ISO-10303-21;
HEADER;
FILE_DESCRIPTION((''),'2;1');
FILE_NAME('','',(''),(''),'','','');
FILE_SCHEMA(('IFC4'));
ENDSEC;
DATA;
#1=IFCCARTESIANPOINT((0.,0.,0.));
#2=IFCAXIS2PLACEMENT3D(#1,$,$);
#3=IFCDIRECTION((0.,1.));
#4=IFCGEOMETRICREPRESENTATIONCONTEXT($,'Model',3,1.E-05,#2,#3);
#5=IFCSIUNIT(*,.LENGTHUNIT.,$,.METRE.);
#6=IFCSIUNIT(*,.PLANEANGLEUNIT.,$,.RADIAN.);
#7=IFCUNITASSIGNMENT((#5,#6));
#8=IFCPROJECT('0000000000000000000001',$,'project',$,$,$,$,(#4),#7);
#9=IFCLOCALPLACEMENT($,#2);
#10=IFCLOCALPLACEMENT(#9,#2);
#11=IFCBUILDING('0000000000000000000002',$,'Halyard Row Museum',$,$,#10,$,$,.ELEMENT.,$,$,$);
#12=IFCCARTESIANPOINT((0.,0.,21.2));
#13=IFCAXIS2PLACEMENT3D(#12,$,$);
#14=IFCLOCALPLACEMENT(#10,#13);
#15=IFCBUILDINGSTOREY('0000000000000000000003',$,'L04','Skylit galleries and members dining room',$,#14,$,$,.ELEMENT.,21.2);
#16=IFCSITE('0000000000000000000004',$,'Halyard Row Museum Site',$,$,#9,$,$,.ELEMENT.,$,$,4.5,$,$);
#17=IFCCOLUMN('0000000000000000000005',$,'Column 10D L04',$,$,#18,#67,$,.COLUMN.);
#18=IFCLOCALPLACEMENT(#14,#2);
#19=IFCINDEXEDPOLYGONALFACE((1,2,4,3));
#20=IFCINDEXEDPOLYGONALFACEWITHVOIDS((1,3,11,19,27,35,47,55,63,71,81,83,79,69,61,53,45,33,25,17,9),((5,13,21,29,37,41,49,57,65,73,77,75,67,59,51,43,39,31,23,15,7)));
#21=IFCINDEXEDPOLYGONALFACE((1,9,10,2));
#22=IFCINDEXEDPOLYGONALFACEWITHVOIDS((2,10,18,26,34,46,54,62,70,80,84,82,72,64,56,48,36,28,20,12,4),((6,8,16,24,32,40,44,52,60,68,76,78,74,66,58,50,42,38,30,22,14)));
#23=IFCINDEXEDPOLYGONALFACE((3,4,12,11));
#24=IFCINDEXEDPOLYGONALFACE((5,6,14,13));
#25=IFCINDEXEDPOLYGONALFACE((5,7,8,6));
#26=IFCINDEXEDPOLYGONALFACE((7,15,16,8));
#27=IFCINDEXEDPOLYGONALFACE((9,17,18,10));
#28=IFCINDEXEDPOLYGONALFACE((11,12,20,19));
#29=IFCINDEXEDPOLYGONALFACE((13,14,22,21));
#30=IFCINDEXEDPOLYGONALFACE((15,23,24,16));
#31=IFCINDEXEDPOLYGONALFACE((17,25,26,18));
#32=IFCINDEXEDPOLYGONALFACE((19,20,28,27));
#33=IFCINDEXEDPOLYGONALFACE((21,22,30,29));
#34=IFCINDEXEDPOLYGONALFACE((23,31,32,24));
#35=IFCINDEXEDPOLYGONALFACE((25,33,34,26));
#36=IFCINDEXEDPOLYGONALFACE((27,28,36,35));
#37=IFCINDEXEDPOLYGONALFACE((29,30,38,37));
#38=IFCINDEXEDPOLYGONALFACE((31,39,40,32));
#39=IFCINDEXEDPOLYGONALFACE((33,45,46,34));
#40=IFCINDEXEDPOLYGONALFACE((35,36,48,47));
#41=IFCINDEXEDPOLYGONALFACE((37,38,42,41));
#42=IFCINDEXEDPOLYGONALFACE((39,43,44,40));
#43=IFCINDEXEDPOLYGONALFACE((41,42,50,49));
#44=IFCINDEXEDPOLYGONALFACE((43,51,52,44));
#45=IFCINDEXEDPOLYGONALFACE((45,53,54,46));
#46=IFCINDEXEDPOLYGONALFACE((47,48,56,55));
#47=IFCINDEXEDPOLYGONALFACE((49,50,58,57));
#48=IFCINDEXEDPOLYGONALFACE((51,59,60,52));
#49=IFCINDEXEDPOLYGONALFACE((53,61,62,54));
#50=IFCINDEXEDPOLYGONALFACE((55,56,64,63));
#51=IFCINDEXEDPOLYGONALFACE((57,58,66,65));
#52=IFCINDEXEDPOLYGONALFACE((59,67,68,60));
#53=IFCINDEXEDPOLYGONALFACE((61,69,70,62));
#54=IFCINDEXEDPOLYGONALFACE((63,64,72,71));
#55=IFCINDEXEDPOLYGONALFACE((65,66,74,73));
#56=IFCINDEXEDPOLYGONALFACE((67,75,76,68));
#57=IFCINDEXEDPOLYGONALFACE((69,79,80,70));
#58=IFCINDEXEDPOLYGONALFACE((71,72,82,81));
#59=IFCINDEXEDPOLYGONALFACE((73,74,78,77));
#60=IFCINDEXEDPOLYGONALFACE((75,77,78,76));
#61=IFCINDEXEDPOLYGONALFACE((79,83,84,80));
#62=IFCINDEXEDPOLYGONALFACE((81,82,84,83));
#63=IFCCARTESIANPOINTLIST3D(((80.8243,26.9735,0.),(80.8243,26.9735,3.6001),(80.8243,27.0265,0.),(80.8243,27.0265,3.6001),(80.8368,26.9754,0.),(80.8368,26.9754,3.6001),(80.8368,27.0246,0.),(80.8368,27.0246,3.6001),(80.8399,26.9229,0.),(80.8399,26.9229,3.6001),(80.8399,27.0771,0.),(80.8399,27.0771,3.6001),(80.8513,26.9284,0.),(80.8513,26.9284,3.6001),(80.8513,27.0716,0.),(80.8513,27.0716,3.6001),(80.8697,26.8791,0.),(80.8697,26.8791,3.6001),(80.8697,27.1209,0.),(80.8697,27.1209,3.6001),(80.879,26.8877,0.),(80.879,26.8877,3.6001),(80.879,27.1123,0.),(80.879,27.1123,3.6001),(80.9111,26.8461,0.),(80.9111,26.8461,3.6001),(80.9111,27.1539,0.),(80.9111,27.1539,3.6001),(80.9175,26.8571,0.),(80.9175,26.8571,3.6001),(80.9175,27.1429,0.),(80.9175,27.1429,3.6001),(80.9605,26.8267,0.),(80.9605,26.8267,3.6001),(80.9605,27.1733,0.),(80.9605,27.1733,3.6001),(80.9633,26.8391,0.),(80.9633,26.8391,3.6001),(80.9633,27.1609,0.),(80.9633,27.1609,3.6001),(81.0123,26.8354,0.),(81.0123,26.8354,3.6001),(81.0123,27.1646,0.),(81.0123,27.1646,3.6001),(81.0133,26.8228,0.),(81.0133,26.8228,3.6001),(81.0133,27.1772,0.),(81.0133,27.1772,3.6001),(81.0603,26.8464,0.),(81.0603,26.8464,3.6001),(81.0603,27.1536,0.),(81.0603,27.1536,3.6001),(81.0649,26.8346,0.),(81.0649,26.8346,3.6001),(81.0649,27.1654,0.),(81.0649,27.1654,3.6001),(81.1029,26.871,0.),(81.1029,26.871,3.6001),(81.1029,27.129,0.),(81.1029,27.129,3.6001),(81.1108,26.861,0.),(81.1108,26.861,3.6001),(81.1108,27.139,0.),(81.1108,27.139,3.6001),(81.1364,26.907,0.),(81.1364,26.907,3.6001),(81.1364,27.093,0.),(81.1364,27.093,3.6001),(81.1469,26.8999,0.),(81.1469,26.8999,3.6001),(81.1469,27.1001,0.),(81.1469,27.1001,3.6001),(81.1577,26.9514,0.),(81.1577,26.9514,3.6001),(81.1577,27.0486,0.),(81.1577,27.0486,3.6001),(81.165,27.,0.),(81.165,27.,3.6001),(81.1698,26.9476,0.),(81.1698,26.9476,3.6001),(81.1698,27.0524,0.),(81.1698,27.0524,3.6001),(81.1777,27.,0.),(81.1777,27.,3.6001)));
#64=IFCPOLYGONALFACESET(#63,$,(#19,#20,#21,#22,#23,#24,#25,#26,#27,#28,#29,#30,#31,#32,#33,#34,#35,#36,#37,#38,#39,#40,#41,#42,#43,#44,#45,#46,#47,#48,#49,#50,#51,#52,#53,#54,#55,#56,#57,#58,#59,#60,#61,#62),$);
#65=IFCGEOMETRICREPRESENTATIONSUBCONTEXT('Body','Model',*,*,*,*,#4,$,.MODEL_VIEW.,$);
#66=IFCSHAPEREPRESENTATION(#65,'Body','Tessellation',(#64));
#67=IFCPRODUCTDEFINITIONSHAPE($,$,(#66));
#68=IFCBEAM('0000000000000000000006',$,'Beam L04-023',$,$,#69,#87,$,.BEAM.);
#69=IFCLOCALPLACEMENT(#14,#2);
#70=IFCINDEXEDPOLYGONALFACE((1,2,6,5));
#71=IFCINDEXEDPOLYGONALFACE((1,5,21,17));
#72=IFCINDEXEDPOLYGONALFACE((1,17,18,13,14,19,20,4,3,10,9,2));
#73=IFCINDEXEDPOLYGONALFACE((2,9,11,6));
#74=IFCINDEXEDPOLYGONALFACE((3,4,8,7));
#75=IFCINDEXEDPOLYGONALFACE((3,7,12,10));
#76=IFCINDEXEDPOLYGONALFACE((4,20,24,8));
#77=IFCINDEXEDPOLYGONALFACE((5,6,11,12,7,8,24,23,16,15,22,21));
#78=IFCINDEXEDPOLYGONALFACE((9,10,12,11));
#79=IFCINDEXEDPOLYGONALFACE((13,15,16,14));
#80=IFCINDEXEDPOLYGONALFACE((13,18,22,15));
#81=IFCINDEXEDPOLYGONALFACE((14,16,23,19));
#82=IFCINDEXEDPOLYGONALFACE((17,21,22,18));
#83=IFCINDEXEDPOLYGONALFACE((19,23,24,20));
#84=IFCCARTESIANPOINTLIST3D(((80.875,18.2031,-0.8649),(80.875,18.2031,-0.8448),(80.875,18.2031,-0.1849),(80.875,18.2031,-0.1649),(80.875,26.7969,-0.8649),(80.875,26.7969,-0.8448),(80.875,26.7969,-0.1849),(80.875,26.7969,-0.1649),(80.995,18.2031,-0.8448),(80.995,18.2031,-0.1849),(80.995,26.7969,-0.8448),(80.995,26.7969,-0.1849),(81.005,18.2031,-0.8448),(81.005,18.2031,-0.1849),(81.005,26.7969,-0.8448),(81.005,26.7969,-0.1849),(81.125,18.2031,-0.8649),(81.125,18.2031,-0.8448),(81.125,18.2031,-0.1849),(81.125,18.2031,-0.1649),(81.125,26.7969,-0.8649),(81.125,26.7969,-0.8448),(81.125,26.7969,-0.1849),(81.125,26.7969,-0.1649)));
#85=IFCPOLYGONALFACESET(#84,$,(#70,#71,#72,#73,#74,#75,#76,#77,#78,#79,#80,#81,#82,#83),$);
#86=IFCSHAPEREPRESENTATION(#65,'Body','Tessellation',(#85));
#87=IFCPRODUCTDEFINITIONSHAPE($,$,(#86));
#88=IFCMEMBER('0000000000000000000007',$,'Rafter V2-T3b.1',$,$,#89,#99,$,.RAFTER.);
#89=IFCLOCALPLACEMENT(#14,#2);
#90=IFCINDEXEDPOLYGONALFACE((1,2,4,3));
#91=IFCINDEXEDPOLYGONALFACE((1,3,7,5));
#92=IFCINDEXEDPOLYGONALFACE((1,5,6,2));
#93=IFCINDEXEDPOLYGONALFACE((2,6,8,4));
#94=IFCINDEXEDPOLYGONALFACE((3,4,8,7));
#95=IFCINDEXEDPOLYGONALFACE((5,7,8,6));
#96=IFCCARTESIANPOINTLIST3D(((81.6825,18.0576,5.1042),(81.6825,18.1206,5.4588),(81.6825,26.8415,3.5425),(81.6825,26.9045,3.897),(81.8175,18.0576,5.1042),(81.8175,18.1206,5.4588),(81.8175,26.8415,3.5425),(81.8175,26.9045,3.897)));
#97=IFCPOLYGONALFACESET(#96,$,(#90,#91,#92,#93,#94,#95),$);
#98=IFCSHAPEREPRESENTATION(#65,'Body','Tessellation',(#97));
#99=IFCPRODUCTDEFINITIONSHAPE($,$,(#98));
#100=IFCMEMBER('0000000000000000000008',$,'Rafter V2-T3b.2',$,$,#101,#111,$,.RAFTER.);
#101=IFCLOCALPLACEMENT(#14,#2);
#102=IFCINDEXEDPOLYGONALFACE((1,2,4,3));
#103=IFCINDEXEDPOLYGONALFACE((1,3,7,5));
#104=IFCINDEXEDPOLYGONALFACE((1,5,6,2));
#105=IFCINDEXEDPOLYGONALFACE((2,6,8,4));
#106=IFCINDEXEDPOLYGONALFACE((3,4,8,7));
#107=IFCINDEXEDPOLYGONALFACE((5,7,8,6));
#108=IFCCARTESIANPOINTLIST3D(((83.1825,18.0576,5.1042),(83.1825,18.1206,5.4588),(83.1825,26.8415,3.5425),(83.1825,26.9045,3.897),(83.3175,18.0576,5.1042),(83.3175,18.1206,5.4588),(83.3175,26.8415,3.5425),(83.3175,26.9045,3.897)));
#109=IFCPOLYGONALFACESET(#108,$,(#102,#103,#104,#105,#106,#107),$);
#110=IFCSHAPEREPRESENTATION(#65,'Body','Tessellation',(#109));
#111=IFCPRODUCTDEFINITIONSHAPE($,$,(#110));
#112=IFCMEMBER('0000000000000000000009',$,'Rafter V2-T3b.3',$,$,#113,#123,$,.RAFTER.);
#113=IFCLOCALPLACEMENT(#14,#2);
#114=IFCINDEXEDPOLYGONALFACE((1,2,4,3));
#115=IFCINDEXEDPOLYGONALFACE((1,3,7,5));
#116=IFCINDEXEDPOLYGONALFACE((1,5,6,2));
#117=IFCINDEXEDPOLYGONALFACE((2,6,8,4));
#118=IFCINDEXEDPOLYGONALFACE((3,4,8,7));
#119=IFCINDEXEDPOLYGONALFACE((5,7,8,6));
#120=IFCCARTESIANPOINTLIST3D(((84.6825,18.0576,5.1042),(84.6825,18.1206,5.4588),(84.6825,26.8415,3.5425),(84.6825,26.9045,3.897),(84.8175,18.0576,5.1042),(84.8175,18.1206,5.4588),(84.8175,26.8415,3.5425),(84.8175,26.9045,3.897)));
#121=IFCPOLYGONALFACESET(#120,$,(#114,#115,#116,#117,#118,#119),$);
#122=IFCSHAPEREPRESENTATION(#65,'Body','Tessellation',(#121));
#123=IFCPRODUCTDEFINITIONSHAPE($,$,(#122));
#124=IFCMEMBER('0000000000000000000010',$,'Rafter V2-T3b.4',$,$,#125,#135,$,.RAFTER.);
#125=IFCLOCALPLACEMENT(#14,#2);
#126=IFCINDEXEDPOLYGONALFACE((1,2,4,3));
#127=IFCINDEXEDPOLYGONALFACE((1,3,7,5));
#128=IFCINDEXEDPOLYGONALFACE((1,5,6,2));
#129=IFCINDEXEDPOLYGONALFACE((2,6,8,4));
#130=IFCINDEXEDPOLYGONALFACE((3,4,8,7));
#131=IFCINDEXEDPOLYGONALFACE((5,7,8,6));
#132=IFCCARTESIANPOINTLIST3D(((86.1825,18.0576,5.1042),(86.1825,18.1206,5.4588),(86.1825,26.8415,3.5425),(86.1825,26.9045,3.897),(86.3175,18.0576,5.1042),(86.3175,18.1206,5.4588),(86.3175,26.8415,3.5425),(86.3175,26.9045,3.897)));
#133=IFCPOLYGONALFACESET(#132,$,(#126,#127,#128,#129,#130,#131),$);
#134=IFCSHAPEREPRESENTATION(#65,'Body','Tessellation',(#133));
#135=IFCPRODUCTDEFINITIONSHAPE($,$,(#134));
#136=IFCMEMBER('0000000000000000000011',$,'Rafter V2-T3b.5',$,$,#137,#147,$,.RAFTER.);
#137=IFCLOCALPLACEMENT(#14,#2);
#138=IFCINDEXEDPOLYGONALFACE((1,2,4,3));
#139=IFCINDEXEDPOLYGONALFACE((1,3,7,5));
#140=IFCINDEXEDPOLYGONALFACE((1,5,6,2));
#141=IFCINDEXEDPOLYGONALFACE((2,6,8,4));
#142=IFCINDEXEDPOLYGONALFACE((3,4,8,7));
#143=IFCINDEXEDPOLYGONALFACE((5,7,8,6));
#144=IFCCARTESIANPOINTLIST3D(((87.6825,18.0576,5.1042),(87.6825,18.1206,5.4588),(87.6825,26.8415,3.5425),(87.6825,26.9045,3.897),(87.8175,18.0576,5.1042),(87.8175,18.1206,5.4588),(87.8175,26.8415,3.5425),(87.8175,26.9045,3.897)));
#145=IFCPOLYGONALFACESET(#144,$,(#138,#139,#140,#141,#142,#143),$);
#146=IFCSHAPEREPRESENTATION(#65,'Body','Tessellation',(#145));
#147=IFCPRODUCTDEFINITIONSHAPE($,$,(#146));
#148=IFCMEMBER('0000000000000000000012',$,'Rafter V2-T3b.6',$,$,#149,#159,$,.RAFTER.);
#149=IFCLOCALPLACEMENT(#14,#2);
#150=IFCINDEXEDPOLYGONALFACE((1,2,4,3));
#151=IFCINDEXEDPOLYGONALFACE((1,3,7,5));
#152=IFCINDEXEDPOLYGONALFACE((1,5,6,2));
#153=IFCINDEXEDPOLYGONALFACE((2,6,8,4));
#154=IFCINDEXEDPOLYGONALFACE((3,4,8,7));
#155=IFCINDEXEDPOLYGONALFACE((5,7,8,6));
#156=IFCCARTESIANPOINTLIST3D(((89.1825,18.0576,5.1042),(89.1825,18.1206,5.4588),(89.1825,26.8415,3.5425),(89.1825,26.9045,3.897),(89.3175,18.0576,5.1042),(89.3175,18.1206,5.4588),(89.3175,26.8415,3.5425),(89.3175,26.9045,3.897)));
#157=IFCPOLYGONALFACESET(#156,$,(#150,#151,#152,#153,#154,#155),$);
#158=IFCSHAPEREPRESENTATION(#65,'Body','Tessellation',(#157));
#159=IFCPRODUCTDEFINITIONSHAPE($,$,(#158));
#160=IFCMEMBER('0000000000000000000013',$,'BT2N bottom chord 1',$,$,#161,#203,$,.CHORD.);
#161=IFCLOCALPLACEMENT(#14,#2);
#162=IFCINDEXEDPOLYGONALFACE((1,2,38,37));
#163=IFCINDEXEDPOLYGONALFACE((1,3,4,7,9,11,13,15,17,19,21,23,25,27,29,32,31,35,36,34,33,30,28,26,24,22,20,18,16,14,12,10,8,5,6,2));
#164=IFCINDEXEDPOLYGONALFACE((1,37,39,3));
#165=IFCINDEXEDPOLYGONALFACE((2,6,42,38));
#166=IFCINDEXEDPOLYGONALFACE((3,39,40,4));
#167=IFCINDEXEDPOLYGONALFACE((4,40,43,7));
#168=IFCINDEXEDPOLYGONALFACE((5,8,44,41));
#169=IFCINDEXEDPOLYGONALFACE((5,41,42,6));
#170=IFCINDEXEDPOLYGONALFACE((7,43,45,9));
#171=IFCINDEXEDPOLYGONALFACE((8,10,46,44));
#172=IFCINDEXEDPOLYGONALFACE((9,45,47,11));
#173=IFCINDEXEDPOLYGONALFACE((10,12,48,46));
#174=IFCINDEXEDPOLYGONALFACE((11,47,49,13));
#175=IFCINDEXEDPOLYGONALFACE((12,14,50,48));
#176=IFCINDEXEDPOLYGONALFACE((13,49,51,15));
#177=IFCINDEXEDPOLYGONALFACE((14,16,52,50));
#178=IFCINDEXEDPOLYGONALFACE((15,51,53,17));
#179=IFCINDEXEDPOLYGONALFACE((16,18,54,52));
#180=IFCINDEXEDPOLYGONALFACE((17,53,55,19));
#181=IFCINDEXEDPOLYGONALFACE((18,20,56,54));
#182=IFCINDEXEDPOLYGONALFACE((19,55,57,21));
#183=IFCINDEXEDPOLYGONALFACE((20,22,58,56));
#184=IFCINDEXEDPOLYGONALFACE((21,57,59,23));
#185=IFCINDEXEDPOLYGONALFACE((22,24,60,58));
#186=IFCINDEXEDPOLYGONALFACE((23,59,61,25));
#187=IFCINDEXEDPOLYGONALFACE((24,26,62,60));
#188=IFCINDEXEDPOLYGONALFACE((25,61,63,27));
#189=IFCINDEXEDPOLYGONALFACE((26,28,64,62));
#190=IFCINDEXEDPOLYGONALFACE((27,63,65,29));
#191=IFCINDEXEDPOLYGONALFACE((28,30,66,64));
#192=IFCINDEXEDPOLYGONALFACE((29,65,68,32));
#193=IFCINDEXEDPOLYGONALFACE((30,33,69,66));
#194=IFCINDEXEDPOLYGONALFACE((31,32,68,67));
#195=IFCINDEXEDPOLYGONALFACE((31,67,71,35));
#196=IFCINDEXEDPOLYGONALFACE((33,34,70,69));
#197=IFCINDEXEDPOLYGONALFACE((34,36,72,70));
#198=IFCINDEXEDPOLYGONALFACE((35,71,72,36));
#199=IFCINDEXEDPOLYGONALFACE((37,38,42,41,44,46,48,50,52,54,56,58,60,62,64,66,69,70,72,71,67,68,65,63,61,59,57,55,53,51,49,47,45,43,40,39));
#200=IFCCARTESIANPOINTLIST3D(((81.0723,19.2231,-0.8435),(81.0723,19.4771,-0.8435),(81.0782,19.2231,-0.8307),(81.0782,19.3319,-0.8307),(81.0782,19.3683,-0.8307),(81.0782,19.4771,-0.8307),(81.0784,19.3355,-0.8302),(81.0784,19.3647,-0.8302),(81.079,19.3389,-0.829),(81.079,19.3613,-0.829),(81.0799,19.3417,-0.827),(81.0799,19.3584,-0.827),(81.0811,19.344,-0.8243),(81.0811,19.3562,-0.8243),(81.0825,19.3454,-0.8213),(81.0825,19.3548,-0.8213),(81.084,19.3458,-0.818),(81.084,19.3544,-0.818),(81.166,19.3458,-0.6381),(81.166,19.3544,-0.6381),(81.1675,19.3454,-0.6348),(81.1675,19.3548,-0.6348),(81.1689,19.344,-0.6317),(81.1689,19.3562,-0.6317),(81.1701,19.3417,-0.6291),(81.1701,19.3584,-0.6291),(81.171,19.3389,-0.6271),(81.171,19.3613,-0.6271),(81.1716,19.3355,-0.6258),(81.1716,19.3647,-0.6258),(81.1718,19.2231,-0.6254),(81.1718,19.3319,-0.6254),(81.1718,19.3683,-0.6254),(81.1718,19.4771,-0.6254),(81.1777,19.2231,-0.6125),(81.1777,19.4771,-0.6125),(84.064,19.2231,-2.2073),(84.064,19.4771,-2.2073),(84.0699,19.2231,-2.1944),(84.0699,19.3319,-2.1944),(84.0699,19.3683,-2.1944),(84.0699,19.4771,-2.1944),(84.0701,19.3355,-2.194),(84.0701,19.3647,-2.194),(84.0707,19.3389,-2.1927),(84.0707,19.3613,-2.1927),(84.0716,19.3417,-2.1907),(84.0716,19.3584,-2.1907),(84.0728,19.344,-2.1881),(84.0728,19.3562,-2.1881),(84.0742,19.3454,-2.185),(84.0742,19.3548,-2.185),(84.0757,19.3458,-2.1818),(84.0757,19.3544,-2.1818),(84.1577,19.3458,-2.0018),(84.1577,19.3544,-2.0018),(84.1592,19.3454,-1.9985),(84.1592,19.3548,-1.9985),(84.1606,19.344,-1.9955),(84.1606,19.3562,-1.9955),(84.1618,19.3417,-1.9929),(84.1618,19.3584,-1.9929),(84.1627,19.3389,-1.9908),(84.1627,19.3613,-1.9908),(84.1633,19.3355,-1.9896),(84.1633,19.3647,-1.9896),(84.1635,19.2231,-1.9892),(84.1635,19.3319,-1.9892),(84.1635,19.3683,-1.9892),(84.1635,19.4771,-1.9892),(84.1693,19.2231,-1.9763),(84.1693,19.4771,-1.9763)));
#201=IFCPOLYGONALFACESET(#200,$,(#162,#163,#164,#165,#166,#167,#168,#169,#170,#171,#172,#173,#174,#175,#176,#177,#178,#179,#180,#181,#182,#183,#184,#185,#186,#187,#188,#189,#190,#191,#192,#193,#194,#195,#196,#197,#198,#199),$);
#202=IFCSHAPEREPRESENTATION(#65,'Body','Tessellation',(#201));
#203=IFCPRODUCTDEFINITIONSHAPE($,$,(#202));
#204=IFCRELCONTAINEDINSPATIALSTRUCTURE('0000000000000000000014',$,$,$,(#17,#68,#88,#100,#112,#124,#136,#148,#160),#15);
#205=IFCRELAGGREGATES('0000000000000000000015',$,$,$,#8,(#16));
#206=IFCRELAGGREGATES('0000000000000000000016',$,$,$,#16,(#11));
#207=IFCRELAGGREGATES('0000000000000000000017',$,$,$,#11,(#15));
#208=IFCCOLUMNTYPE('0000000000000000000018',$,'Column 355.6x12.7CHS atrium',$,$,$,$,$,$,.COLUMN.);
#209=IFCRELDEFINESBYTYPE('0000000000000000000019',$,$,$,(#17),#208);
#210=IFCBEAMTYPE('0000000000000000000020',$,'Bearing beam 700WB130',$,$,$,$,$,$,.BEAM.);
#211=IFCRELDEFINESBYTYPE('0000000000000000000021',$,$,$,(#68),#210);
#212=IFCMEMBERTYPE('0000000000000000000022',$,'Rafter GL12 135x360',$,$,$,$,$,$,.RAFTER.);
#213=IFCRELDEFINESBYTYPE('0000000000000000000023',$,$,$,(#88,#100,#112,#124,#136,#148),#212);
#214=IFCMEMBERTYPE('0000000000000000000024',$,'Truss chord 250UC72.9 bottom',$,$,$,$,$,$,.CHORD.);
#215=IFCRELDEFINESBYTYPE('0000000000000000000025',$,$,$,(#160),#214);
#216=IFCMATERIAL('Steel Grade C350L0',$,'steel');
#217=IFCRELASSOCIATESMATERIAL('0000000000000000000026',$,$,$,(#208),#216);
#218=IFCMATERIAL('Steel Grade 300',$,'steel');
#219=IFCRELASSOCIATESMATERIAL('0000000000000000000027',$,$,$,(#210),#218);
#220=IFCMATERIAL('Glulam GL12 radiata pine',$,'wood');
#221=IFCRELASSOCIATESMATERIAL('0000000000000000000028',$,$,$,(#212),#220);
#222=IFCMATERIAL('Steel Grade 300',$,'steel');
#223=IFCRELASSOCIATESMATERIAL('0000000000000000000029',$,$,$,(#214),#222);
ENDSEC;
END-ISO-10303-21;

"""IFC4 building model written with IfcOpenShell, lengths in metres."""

from ifc_helpers import new_model, si_unit, direction, frame, origin, origin_2d, place, context, subcontext, project, spatial, rectangle, hollow_circle, i_section, extrude, material, material_profile, profile_set, type_object, element, save


model = new_model("IFC4")

# Units and contexts
model_context = context("Model", 3, precision=1e-05, world=origin(), true_north=direction((0.0, 1.0)))
body_context = subcontext(model_context, "Body", "Model", "MODEL_VIEW")
ifc_project = project(units=[si_unit("LENGTHUNIT", "METRE"), si_unit("PLANEANGLEUNIT", "RADIAN")], contexts=[model_context])

# Site, building, storey
site_placement = place(None, origin())
site = spatial("IfcSite", under=ifc_project, at=site_placement, Name="Halyard Row Museum Site", CompositionType="ELEMENT", RefElevation=4.5)
building_placement = place(site_placement, origin())
building = spatial("IfcBuilding", under=site, at=building_placement, Name="Halyard Row Museum", CompositionType="ELEMENT")
storey_placement = place(building_placement, frame((0.0, 0.0, 21.2)))
storey = spatial("IfcBuildingStorey", under=building, at=storey_placement, Name="L04", Description="Skylit galleries and members dining room", CompositionType="ELEMENT", Elevation=21.2)

# Column
ifc_material_1 = material(Name="Steel Grade C350L0", Category="steel")
ifc_material_profile_1 = material_profile(ifc_material_1, hollow_circle(Radius=0.1777, WallThickness=0.0127, at=origin_2d()), Name="355.6x12.7CHS")
ifc_profile_set_1 = profile_set([ifc_material_profile_1], Name="Steel Grade C350L0")
column_type = type_object("IfcColumnType", Name="Column 355.6x12.7CHS atrium", PredefinedType="COLUMN", material=ifc_profile_set_1)
column_placement = place(storey_placement, frame((81.0, 27.0, 0.0), z_axis=(0.0, 0.0, 1.0), x_axis=(1.0, 0.0, 0.0)))
element("IfcColumn", 1, at=column_placement, inside=storey, type_object=column_type, Name="Column 10D L04", PredefinedType="COLUMN", context=body_context, shape_type="SweptSolid", body=[
    extrude(hollow_circle(Radius=0.1777, WallThickness=0.0127, at=origin_2d()), origin(), (0.0, 0.0, 1.0), 3.6001),
])

# Beam
ifc_material_2 = material(Name="Steel Grade 300", Category="steel")
ifc_material_profile_2 = material_profile(ifc_material_2, i_section(OverallWidth=0.25, OverallDepth=0.7, WebThickness=0.01, FlangeThickness=0.02, at=origin_2d()), Name="700WB130")
ifc_profile_set_2 = profile_set([ifc_material_profile_2], Name="Steel Grade 300")
beam_type_1 = type_object("IfcBeamType", Name="Bearing beam 700WB130", PredefinedType="BEAM", material=ifc_profile_set_2)
beam_1_placement = place(storey_placement, frame((81.0, 18.2031, -0.5149), z_axis=(0.0, 1.0, 0.0), x_axis=(-1.0, 0.0, 0.0)))
element("IfcBeam", 2, at=beam_1_placement, inside=storey, type_object=beam_type_1, Name="Beam L04-023", PredefinedType="BEAM", context=body_context, shape_type="SweptSolid", body=[
    extrude(i_section(OverallWidth=0.25, OverallDepth=0.7, WebThickness=0.01, FlangeThickness=0.02, at=origin_2d()), origin(), (0.0, 0.0, 1.0), 8.5938),
])

# Members
ifc_material_3 = material(Name="Glulam GL12 radiata pine", Category="wood")
ifc_material_profile_3 = material_profile(ifc_material_3, rectangle(XDim=0.135, YDim=0.3601, at=origin_2d()), Name="GL12 135x360")
ifc_profile_set_3 = profile_set([ifc_material_profile_3], Name="Glulam GL12 radiata pine")
member_type_1 = type_object("IfcMemberType", Name="Rafter GL12 135x360", PredefinedType="RAFTER", material=ifc_profile_set_3)
for number, where, z_axis, x_axis, name in (
    (3, (81.75, 18.0891, 5.2815), (0.0, 0.984559, -0.175053), (-1.0, 0.0, 0.0), "Rafter V2-T3b.1"),
    (4, (83.25, 18.0891, 5.2815), (0.0, 0.984559, -0.175053), (-1.0, 0.0, 0.0), "Rafter V2-T3b.2"),
    (5, (84.75, 18.0891, 5.2815), (0.0, 0.984559, -0.175053), (-1.0, 0.0, 0.0), "Rafter V2-T3b.3"),
    (6, (86.25, 18.0891, 5.2815), (0.0, 0.984559, -0.175053), (-1.0, 0.0, 0.0), "Rafter V2-T3b.4"),
    (7, (87.75, 18.0891, 5.2815), (0.0, 0.984559, -0.175053), (-1.0, 0.0, 0.0), "Rafter V2-T3b.5"),
    (8, (89.25, 18.0891, 5.2815), (0.0, 0.984559, -0.175053), (-1.0, 0.0, 0.0), "Rafter V2-T3b.6"),
):
    element("IfcMember", number, at=place(storey_placement, frame(where, z_axis=z_axis, x_axis=x_axis)), inside=storey, type_object=member_type_1, Name=name, PredefinedType="RAFTER", context=body_context, shape_type="SweptSolid", body=[
        extrude(rectangle(XDim=0.135, YDim=0.3601, at=origin_2d()), origin(), (0.0, 0.0, 1.0), 8.9216),
    ])
ifc_material_4 = material(Name="Steel Grade 300", Category="steel")
ifc_material_profile_4 = material_profile(ifc_material_4, i_section(OverallWidth=0.2539, OverallDepth=0.2539, WebThickness=0.0085, FlangeThickness=0.0142, FilletRadius=0.0139, at=origin_2d()), Name="250UC72.9")
ifc_profile_set_4 = profile_set([ifc_material_profile_4], Name="Steel Grade 300")
member_type_2 = type_object("IfcMemberType", Name="Truss chord 250UC72.9 bottom", PredefinedType="CHORD", material=ifc_profile_set_4)
member_1_placement = place(storey_placement, frame((81.125, 19.3501, -0.728), z_axis=(0.909918, 0.0, -0.414787), x_axis=(0.0, 1.0, 0.0)))
element("IfcMember", 9, at=member_1_placement, inside=storey, type_object=member_type_2, Name="BT2N bottom chord 1", PredefinedType="CHORD", context=body_context, shape_type="SweptSolid", body=[
    extrude(i_section(OverallWidth=0.2539, OverallDepth=0.2539, WebThickness=0.0085, FlangeThickness=0.0142, FilletRadius=0.0139, at=origin_2d()), origin(), (0.0, 0.0, 1.0), 3.2878),
])

save(model, "model.ifc")
